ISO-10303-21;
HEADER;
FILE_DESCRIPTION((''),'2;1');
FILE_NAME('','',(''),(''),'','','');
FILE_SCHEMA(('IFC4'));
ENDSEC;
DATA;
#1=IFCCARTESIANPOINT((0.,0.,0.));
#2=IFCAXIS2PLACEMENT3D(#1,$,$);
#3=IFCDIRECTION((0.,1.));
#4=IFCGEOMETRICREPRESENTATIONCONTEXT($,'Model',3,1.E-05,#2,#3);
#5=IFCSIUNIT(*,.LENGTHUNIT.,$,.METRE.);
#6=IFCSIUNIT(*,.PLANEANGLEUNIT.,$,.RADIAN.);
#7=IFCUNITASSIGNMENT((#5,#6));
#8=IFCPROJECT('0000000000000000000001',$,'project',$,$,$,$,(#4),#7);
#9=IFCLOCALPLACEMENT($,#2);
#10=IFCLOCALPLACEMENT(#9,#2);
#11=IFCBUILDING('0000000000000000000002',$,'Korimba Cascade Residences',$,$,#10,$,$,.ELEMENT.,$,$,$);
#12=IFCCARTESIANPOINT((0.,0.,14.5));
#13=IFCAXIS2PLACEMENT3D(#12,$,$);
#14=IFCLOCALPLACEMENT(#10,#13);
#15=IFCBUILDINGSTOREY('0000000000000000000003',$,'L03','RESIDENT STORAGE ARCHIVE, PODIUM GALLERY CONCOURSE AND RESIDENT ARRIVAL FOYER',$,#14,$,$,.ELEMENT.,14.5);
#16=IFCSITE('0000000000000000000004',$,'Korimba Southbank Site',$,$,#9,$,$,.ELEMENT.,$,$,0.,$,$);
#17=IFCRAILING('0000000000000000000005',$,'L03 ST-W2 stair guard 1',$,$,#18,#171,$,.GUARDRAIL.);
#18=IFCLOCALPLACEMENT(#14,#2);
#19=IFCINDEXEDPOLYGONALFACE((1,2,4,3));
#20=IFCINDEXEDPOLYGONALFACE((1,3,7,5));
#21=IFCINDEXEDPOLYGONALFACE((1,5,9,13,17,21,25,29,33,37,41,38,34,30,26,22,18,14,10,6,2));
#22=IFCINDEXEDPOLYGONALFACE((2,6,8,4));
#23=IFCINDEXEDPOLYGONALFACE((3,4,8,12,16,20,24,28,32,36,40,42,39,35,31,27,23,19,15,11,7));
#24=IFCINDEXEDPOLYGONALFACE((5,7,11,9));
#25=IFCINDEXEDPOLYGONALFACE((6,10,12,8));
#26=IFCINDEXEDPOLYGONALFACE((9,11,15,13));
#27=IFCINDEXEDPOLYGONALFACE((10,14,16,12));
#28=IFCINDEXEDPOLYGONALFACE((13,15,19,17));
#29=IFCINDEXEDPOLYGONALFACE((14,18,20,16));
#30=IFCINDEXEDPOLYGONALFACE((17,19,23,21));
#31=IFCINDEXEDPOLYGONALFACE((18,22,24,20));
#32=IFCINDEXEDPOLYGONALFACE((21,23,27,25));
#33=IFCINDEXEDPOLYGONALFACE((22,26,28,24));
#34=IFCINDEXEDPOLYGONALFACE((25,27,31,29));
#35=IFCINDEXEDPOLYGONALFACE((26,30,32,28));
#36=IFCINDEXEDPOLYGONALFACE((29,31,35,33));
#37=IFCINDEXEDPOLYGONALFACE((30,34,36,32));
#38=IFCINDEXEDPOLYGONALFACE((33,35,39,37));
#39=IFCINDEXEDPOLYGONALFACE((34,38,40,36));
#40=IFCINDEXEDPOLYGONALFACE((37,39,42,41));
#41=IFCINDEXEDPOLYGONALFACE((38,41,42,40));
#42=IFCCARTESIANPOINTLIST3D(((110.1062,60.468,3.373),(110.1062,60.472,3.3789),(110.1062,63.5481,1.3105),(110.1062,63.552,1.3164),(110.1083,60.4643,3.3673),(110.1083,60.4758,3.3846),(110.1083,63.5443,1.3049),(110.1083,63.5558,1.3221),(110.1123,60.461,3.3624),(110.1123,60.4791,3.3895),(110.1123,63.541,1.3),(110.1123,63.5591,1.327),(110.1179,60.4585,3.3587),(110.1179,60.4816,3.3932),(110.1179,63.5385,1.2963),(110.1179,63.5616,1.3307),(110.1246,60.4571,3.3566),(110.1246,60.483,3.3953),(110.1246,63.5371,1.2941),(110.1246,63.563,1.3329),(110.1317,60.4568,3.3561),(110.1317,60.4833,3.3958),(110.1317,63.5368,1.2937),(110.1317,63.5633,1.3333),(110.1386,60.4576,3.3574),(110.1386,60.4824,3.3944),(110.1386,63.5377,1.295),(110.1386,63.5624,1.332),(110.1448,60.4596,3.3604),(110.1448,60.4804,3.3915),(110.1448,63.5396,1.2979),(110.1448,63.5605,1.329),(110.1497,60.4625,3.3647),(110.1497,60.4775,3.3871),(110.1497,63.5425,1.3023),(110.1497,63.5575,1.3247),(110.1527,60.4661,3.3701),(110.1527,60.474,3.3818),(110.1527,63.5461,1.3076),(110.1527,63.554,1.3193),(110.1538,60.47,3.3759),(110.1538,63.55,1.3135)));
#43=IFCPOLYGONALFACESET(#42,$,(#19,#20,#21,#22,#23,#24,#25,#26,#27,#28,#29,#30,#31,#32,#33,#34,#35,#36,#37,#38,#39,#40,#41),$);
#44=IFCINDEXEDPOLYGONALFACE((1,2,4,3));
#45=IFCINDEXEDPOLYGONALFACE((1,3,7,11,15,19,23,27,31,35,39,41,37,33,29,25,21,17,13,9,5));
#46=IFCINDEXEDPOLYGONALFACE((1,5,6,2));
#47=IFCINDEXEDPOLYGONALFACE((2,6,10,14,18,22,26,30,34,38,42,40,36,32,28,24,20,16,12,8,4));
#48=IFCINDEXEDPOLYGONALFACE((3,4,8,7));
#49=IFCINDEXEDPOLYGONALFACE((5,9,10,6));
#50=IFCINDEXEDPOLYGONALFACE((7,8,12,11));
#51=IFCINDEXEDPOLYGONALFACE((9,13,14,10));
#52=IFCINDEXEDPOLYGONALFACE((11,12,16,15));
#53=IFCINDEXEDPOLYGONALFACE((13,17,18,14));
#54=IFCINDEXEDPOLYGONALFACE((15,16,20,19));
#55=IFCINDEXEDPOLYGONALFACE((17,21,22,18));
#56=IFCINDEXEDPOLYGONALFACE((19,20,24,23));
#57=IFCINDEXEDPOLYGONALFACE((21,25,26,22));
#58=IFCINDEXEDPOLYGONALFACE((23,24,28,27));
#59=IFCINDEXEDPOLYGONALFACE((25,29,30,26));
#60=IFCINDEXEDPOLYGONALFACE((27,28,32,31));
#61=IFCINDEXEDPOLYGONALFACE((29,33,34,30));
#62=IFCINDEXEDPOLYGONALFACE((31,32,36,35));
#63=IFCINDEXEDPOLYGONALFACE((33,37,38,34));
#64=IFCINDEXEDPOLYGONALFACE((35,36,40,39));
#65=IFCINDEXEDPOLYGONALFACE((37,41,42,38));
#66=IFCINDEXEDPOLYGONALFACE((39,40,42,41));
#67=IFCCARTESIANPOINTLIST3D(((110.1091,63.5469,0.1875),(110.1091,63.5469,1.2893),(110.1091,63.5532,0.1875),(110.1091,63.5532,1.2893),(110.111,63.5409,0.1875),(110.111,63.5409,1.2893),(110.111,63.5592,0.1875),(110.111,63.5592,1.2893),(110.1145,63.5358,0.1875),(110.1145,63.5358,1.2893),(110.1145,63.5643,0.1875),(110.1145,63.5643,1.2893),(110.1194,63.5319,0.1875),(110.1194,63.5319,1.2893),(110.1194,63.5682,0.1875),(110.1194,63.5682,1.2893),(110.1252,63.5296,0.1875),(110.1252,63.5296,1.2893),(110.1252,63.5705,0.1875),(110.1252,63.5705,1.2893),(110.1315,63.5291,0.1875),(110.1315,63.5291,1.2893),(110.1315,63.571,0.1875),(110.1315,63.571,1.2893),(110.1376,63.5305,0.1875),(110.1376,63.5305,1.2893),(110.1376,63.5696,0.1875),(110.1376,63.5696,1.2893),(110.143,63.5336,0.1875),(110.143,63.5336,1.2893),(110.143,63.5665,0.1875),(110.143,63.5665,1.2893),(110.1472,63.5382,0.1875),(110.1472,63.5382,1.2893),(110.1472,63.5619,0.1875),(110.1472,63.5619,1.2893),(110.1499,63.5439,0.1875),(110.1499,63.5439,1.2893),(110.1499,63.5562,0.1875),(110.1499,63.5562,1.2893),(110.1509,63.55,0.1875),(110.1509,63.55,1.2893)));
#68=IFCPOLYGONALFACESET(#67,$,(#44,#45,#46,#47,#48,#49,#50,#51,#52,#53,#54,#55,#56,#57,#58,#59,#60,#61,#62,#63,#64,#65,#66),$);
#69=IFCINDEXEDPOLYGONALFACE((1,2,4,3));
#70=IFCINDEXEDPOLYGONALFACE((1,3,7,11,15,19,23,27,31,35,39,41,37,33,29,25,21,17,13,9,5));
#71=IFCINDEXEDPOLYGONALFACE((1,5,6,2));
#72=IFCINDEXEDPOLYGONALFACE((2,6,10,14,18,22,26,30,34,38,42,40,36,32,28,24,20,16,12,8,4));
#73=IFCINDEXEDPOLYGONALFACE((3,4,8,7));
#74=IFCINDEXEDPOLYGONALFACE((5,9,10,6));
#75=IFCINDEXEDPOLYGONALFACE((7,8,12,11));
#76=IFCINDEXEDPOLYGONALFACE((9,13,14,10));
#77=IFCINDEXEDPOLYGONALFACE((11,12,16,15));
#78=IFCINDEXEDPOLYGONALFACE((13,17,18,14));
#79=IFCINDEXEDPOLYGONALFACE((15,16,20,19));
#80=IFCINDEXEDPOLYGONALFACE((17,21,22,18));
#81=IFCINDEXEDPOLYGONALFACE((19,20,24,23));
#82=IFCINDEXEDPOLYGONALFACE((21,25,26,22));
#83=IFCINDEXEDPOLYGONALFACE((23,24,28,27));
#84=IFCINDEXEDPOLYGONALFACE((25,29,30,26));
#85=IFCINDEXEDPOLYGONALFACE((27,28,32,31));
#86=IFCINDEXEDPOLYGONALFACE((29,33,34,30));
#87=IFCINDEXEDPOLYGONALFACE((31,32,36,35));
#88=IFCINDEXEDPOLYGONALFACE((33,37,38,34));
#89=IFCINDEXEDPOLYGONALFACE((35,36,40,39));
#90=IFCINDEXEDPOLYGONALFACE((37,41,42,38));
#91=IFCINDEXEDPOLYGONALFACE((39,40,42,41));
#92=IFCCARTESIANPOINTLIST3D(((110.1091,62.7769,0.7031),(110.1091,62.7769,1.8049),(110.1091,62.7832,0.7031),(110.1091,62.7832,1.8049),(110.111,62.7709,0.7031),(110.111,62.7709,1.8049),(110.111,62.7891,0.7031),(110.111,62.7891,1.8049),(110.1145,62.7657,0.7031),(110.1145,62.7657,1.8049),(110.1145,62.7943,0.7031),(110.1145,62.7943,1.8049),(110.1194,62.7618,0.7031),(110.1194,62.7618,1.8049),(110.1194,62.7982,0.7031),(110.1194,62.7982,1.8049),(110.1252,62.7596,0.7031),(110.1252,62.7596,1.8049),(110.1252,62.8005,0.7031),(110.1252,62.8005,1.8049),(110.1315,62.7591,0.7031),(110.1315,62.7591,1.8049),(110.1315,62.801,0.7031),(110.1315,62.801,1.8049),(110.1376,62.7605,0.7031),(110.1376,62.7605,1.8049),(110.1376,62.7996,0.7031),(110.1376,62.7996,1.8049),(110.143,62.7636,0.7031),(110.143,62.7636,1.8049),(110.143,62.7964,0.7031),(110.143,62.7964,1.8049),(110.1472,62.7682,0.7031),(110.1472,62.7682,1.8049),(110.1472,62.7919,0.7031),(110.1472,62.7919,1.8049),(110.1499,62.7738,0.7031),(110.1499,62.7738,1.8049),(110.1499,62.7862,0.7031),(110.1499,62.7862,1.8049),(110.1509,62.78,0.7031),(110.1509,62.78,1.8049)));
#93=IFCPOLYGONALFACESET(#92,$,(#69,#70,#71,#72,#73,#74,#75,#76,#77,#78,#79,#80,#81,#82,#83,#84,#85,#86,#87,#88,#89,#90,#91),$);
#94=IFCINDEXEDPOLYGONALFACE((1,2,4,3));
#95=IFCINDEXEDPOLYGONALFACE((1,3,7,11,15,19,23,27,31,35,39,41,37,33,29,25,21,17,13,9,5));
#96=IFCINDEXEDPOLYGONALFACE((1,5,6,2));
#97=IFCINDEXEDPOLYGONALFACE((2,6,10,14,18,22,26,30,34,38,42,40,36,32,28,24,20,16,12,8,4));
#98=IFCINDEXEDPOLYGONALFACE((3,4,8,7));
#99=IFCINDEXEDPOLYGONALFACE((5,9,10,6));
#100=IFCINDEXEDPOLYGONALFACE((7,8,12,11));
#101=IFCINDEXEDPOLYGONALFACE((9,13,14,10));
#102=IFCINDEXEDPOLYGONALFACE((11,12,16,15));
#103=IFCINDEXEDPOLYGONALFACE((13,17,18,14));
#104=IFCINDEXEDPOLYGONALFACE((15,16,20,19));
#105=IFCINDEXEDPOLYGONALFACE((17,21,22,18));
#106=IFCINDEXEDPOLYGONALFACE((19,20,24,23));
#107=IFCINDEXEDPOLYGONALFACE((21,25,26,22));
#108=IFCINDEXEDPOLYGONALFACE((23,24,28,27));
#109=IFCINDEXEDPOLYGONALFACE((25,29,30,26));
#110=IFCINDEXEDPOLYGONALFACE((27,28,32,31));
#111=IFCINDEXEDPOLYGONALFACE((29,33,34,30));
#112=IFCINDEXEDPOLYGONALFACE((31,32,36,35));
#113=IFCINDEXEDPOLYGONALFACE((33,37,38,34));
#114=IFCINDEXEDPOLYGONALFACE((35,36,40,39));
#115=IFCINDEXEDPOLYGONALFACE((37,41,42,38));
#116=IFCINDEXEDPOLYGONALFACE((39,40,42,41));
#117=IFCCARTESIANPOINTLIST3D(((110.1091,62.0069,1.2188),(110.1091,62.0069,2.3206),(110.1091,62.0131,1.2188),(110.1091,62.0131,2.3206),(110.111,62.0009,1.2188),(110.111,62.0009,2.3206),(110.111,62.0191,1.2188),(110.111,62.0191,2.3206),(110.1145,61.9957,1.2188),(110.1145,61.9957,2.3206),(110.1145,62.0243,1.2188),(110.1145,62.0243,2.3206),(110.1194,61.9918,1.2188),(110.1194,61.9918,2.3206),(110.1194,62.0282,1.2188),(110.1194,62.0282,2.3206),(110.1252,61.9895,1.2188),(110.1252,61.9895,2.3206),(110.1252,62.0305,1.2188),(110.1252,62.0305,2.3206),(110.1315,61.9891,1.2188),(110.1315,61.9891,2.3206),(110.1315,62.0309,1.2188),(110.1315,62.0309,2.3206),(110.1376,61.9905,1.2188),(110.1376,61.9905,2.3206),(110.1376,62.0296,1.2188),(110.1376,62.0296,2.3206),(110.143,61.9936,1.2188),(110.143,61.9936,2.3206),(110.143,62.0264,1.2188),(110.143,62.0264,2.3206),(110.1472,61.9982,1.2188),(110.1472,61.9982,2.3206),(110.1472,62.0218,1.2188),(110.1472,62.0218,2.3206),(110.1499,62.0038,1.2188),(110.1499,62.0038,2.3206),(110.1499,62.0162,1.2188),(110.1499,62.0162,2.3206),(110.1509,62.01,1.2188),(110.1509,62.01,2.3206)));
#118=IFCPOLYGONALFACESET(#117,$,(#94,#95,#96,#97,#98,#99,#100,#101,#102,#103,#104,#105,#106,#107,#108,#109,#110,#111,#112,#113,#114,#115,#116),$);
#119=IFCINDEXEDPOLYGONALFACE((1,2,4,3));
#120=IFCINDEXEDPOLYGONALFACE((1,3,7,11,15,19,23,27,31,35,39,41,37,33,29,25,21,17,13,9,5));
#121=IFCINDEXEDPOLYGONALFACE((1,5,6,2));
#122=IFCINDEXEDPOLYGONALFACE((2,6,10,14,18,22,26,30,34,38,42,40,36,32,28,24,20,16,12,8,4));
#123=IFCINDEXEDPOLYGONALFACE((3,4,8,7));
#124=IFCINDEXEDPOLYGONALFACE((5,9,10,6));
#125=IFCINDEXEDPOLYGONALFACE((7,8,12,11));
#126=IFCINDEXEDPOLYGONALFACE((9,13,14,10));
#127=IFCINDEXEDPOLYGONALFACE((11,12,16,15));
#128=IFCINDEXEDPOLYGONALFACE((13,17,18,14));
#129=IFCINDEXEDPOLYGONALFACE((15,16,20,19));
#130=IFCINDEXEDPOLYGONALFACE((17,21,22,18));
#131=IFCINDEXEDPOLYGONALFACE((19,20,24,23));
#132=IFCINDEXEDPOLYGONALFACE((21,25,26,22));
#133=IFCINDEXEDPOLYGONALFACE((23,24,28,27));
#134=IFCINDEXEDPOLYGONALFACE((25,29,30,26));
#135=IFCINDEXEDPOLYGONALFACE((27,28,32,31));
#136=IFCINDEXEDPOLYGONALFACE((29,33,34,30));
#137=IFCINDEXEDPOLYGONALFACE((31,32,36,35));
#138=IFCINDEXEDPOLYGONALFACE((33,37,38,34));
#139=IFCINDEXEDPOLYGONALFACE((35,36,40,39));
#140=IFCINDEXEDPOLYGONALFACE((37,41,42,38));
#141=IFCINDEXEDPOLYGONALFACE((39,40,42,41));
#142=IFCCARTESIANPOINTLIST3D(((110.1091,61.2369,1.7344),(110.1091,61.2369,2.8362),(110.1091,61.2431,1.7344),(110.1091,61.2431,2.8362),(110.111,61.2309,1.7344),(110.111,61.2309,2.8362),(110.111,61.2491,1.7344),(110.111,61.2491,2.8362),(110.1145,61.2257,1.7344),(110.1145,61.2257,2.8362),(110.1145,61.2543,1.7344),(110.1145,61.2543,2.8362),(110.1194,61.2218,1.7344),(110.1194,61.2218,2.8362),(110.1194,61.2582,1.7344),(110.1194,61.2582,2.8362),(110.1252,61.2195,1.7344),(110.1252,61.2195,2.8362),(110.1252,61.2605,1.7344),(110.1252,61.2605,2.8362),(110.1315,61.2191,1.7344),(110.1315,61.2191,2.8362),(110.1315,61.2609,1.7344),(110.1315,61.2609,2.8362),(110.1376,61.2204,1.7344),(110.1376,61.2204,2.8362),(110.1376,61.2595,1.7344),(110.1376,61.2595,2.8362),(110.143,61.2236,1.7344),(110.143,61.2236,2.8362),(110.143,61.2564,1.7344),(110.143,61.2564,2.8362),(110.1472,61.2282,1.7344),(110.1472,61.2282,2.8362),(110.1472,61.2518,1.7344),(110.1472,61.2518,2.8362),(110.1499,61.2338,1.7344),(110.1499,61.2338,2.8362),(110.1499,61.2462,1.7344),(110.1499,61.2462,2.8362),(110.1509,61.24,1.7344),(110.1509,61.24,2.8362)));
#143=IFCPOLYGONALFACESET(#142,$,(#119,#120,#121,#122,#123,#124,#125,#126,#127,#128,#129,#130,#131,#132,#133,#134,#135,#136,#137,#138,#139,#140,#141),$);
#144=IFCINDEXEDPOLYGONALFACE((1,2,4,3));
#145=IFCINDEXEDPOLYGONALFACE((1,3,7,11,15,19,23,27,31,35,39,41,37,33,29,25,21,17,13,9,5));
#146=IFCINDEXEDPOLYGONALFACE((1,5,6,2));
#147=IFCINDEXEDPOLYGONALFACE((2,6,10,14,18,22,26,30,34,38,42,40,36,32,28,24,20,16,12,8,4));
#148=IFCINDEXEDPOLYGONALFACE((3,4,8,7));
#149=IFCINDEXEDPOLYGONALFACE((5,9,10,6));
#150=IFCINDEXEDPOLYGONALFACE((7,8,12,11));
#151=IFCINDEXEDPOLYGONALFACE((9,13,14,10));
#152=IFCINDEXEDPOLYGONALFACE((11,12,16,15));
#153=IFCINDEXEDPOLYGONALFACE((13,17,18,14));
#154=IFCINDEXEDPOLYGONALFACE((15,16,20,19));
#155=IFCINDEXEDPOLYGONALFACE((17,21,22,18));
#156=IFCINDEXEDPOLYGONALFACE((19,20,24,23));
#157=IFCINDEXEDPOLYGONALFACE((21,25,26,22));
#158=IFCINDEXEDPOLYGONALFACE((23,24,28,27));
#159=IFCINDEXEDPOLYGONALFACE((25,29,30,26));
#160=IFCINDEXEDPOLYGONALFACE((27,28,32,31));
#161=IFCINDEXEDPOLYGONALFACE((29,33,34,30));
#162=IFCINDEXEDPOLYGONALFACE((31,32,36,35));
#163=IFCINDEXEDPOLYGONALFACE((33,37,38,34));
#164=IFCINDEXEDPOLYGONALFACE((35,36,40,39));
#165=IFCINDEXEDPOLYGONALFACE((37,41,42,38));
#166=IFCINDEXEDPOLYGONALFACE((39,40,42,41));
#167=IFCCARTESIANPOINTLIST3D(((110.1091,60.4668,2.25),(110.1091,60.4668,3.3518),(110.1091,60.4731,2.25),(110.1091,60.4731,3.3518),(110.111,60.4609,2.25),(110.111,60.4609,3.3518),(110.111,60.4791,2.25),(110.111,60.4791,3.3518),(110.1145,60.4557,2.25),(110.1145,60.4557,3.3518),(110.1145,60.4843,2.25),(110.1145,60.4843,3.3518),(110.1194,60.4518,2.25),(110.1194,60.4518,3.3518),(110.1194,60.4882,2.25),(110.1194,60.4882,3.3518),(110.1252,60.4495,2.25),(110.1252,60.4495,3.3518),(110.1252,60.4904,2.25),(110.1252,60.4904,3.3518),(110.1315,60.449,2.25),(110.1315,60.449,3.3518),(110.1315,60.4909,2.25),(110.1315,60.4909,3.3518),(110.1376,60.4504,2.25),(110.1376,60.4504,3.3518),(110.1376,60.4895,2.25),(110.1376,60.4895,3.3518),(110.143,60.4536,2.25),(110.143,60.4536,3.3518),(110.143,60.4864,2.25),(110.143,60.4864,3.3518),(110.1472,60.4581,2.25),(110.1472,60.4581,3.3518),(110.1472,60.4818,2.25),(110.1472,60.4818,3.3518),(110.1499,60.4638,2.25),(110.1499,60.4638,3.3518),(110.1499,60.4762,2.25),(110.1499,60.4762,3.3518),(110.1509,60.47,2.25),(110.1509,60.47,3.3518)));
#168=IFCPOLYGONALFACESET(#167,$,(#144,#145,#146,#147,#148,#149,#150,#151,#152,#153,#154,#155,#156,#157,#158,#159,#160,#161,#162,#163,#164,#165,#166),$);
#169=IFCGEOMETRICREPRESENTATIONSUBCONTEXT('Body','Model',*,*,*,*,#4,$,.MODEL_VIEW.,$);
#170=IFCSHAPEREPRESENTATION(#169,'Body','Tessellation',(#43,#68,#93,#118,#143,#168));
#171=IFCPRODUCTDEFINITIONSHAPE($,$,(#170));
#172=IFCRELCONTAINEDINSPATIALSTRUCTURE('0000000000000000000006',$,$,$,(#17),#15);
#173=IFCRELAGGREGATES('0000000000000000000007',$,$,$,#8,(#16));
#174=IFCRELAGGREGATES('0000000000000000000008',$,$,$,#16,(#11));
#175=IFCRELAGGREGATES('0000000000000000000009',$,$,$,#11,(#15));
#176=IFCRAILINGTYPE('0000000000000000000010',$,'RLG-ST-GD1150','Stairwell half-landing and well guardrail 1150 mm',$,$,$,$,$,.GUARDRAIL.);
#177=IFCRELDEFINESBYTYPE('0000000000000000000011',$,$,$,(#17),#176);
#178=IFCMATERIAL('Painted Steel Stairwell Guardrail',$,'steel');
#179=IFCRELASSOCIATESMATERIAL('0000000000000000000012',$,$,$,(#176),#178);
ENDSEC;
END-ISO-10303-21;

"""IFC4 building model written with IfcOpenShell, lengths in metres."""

from ifc_helpers import new_model, si_unit, direction, frame, origin, origin_2d, place, context, subcontext, project, spatial, circle, extrude, material, type_object, element, save


model = new_model("IFC4")

# Units and contexts
model_context = context("Model", 3, precision=1e-05, world=origin(), true_north=direction((0.0, 1.0)))
body_context = subcontext(model_context, "Body", "Model", "MODEL_VIEW")
ifc_project = project(units=[si_unit("LENGTHUNIT", "METRE"), si_unit("PLANEANGLEUNIT", "RADIAN")], contexts=[model_context])

# Site, building, storey
site_placement = place(None, origin())
site = spatial("IfcSite", under=ifc_project, at=site_placement, Name="Korimba Southbank Site", CompositionType="ELEMENT", RefElevation=0.0)
building_placement = place(site_placement, origin())
building = spatial("IfcBuilding", under=site, at=building_placement, Name="Korimba Cascade Residences", CompositionType="ELEMENT")
storey_placement = place(building_placement, frame((0.0, 0.0, 14.5)))
storey = spatial("IfcBuildingStorey", under=building, at=storey_placement, Name="L03", Description="RESIDENT STORAGE ARCHIVE, PODIUM GALLERY CONCOURSE AND RESIDENT ARRIVAL FOYER", CompositionType="ELEMENT", Elevation=14.5)

# Railing
ifc_material_1 = material(Name="Painted Steel Stairwell Guardrail", Category="steel")
railing_type_1 = type_object("IfcRailingType", Name="RLG-ST-GD1150", Description="Stairwell half-landing and well guardrail 1150 mm", PredefinedType="GUARDRAIL", material=ifc_material_1)
railing_1_placement = place(storey_placement, frame((110.1299, 63.55, 0.1875)))
element("IfcRailing", 1, at=railing_1_placement, inside=storey, type_object=railing_type_1, Name="L03 ST-W2 stair guard 1", PredefinedType="GUARDRAIL", context=body_context, shape_type="SweptSolid", body=[
    extrude(circle(Radius=0.0239, at=origin_2d()), frame((0.0, 0.0, 1.126), z_axis=(0.0, -0.830914, 0.556401), x_axis=(1.0, 0.0, 0.0)), (0.0, 0.0, 1.0), 3.7068),
    extrude(circle(Radius=0.021, at=origin_2d()), origin(), (0.0, 0.0, 1.0), 1.1018),
    extrude(circle(Radius=0.021, at=origin_2d()), frame((0.0, -0.77, 0.5156)), (0.0, 0.0, 1.0), 1.1018),
    extrude(circle(Radius=0.021, at=origin_2d()), frame((0.0, -1.54, 1.0312)), (0.0, 0.0, 1.0), 1.1018),
    extrude(circle(Radius=0.021, at=origin_2d()), frame((0.0, -2.3101, 1.5469)), (0.0, 0.0, 1.0), 1.1018),
    extrude(circle(Radius=0.021, at=origin_2d()), frame((0.0, -3.0801, 2.0625)), (0.0, 0.0, 1.0), 1.1018),
])

save(model, "model.ifc")
